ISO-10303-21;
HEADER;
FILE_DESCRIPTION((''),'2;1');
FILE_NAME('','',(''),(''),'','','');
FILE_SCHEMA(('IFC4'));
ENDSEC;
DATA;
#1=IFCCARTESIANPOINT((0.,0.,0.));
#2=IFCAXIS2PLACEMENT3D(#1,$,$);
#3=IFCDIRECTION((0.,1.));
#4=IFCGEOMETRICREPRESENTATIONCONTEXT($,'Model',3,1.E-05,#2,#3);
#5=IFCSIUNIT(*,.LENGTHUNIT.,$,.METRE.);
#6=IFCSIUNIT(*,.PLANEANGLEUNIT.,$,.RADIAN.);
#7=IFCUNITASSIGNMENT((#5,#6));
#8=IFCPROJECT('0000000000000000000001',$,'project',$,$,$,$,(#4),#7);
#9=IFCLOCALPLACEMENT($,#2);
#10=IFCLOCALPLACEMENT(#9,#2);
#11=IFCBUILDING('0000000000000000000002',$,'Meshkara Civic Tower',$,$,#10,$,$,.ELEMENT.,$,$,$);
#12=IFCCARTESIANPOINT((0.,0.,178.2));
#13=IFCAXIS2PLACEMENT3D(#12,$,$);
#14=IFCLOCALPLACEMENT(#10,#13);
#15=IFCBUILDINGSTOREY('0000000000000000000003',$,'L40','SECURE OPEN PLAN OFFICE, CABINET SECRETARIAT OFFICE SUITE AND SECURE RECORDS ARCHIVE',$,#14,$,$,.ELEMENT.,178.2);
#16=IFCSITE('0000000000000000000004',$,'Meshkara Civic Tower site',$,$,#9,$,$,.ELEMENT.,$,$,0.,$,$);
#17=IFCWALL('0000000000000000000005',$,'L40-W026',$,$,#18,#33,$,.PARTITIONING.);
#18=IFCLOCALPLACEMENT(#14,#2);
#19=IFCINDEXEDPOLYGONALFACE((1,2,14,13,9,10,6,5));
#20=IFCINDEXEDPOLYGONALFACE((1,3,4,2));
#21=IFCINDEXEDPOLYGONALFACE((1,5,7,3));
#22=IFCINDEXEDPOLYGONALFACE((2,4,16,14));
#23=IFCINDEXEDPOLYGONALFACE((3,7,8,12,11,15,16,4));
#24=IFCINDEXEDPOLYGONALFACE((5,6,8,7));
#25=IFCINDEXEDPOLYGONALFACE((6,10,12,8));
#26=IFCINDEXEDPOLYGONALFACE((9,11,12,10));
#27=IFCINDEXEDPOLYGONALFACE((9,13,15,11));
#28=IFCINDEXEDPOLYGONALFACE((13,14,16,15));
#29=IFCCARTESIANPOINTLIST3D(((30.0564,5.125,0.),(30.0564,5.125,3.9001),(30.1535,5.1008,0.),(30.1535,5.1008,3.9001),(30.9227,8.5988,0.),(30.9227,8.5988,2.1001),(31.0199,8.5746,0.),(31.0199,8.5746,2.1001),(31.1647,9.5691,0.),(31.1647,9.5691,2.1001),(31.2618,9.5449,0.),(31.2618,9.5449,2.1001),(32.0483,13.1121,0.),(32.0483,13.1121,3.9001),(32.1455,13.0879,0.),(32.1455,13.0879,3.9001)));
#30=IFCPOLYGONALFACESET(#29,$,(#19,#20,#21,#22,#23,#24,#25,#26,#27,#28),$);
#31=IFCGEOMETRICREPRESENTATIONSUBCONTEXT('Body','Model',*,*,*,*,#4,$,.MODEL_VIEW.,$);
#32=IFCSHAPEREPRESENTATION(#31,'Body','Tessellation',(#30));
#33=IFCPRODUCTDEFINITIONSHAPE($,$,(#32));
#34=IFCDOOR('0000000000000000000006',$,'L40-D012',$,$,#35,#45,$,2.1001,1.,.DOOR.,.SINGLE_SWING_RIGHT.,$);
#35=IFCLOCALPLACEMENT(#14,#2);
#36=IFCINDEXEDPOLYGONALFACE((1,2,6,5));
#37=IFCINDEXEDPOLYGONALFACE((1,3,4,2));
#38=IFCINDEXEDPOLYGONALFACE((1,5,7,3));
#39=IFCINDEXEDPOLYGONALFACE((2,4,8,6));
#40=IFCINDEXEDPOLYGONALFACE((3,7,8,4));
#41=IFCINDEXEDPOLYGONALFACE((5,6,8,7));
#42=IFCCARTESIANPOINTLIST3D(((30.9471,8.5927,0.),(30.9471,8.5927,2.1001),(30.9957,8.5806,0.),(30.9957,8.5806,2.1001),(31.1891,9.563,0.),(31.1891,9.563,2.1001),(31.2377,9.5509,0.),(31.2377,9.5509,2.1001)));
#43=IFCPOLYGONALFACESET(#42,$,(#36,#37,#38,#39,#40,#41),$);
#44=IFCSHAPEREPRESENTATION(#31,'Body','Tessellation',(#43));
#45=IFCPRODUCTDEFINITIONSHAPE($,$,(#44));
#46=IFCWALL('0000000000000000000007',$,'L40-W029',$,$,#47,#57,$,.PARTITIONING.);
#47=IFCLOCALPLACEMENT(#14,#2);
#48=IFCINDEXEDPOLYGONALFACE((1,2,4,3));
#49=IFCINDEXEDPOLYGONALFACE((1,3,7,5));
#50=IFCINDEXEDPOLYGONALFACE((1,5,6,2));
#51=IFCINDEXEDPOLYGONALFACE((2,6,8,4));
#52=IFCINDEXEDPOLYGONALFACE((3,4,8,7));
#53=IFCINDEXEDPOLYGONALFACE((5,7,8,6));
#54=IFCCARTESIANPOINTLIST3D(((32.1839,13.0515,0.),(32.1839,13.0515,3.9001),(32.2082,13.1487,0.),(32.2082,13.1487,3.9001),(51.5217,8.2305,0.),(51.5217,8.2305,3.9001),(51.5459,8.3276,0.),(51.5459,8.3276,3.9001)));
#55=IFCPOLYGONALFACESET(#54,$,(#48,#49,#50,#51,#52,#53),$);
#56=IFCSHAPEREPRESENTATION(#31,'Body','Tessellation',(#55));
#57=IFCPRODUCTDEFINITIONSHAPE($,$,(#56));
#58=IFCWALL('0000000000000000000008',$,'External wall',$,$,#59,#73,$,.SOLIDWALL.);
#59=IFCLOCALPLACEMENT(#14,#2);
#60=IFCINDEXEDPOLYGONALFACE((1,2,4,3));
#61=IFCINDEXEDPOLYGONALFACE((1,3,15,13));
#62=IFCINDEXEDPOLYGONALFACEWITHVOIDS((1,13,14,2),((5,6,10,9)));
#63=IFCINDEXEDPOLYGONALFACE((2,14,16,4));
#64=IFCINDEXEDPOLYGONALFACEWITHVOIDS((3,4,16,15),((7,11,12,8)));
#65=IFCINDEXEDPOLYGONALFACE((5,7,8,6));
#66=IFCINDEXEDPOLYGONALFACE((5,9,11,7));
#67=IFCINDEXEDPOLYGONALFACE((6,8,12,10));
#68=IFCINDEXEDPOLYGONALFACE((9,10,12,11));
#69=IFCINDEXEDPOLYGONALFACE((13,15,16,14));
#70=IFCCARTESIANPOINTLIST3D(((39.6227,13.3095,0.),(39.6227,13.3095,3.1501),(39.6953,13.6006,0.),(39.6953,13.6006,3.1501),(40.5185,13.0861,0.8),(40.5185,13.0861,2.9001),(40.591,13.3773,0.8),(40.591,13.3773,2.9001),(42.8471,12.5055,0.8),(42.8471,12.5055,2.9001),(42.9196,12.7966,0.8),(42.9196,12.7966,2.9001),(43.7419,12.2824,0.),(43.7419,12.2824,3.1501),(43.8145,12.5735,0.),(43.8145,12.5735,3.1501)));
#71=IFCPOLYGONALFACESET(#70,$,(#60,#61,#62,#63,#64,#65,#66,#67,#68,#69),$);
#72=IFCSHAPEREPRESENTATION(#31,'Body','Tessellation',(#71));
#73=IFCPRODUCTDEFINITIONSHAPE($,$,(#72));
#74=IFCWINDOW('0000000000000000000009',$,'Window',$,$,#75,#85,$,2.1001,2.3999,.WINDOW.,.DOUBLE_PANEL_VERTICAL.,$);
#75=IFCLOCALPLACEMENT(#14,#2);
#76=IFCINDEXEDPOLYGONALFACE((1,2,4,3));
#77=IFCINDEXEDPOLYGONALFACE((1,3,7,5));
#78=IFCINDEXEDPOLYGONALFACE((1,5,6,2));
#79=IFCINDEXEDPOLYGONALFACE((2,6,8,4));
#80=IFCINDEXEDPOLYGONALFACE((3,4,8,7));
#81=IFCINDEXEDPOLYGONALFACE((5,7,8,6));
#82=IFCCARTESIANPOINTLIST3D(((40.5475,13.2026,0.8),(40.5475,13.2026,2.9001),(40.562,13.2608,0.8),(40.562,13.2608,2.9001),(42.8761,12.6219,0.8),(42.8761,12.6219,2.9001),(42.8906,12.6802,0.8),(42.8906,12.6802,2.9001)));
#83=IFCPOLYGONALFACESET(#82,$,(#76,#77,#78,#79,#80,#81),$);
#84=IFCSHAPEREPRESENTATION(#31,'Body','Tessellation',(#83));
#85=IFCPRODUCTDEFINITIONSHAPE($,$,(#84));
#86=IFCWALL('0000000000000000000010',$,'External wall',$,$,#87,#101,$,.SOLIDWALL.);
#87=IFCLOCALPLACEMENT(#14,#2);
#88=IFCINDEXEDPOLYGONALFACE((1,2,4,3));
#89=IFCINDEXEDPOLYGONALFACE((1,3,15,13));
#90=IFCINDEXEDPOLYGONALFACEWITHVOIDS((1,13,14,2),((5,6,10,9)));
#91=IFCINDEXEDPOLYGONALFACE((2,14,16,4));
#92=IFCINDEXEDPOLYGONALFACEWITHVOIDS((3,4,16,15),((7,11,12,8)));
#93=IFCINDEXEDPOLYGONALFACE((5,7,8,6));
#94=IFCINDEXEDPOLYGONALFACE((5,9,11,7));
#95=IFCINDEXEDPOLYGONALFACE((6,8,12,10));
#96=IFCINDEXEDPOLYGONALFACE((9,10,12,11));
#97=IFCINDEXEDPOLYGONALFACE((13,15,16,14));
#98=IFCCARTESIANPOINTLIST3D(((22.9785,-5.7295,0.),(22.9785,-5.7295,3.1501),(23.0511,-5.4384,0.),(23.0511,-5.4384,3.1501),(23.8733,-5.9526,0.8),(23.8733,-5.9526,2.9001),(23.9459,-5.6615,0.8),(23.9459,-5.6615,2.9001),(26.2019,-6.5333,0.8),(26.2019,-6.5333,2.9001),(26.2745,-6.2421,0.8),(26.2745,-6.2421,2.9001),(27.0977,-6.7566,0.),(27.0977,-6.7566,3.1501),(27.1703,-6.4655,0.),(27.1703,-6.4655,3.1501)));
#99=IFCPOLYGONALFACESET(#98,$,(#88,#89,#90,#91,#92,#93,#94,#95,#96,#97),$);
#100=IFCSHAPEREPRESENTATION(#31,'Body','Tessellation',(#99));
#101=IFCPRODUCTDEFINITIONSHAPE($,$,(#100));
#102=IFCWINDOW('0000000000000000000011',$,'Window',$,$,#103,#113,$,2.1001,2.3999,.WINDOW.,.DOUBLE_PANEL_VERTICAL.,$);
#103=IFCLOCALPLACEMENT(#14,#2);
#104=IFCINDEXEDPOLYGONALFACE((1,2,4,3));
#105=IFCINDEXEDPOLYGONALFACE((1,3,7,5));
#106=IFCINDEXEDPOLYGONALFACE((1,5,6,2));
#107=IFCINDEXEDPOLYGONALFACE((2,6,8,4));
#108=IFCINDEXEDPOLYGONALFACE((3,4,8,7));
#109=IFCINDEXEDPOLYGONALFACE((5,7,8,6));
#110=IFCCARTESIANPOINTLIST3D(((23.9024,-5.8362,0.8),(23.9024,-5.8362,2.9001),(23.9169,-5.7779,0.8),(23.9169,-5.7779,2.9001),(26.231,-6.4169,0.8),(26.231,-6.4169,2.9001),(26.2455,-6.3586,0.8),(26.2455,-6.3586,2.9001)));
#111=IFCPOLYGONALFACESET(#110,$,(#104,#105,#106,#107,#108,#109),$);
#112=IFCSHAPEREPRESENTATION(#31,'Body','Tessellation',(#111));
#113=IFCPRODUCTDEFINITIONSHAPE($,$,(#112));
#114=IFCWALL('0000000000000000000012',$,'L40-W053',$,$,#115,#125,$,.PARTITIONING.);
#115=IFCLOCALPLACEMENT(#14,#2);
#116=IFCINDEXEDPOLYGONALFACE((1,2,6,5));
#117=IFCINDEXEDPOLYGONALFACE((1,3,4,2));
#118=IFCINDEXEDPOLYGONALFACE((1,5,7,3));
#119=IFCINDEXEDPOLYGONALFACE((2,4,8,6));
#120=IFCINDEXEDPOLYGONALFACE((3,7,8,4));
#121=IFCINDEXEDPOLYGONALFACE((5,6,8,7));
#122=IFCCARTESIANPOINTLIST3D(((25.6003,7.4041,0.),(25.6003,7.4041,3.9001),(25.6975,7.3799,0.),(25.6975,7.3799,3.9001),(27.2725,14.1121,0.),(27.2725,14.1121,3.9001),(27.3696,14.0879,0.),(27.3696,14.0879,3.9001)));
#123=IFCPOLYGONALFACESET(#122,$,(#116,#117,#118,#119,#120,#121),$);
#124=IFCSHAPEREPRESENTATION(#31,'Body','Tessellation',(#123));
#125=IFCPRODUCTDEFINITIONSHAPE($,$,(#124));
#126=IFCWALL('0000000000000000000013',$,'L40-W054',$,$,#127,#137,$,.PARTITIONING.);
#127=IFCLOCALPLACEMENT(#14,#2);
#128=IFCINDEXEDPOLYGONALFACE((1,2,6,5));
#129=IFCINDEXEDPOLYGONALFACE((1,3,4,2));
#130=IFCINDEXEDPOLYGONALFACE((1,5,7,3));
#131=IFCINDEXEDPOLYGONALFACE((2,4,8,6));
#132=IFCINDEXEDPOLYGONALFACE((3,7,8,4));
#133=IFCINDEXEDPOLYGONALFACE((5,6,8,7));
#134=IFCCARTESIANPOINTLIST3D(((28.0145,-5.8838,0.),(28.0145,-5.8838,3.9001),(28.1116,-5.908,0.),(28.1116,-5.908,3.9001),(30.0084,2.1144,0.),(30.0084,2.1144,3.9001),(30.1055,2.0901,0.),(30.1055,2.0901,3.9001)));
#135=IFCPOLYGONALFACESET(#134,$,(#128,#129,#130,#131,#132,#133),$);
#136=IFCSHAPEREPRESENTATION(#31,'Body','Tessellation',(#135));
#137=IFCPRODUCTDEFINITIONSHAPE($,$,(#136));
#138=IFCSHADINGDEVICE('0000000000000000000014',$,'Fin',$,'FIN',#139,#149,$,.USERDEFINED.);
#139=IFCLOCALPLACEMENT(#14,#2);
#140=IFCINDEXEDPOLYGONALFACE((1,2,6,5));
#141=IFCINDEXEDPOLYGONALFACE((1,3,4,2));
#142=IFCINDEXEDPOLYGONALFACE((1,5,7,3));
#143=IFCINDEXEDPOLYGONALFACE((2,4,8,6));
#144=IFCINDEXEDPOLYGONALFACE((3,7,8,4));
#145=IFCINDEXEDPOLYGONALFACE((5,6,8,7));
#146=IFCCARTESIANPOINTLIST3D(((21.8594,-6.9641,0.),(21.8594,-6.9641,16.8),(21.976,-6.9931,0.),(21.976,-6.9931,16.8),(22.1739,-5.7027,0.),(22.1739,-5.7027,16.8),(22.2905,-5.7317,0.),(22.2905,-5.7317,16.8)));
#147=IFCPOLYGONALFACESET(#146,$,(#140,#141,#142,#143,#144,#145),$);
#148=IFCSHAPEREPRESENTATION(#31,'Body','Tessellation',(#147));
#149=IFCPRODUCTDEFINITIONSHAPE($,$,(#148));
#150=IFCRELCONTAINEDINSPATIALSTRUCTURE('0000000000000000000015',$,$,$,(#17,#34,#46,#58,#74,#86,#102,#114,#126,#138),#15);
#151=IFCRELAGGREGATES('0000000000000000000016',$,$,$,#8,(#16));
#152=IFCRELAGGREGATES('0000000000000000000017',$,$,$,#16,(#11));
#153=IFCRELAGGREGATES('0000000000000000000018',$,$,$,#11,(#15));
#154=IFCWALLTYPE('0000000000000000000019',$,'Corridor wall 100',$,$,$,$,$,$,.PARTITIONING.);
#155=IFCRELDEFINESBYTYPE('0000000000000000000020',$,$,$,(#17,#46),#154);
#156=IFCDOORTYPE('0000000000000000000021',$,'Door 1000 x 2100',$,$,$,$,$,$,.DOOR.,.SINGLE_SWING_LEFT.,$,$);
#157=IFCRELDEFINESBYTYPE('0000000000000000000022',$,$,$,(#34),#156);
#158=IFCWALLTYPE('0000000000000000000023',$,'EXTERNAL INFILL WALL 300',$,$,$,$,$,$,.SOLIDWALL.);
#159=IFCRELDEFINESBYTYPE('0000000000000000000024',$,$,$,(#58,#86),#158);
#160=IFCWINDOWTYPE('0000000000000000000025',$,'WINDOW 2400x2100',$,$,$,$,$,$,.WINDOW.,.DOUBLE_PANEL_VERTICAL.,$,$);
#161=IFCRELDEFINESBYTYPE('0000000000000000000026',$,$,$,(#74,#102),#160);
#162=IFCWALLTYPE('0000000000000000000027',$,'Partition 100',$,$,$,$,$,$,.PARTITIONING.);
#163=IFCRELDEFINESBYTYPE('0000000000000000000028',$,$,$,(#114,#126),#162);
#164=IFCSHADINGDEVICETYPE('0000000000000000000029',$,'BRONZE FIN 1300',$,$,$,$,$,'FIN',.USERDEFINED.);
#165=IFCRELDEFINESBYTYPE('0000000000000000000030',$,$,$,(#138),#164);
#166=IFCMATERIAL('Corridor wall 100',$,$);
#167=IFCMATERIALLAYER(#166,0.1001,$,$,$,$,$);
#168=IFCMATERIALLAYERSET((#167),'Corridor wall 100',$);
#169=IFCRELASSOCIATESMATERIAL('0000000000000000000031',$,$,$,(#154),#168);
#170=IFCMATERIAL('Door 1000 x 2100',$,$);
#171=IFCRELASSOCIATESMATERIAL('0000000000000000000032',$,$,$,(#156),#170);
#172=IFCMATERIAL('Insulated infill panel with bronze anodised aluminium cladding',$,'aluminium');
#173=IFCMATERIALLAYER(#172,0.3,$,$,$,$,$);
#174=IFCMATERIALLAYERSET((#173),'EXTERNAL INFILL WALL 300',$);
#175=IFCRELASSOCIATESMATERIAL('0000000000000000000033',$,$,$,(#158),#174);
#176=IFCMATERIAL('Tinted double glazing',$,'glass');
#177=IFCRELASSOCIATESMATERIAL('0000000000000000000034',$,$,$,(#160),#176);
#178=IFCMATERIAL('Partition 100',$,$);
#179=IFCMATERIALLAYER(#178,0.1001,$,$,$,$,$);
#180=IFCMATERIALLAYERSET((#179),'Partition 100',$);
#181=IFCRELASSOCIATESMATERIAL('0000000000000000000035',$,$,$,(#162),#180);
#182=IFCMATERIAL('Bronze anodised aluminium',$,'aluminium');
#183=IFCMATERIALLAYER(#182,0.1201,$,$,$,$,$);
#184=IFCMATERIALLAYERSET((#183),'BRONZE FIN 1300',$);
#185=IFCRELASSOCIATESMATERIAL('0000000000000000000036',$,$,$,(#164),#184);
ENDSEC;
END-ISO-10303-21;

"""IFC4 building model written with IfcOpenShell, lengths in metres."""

from ifc_helpers import new_model, si_unit, direction, frame, frame_2d, origin, origin_2d, place, context, subcontext, project, spatial, rectangle, extrude, material, layer, layer_set, type_object, element, fill, save


model = new_model("IFC4")

# Units and contexts
model_context = context("Model", 3, precision=1e-05, world=origin(), true_north=direction((0.0, 1.0)))
body_context = subcontext(model_context, "Body", "Model", "MODEL_VIEW")
ifc_project = project(units=[si_unit("LENGTHUNIT", "METRE"), si_unit("PLANEANGLEUNIT", "RADIAN")], contexts=[model_context])

# Site, building, storey
site_placement = place(None, origin())
site = spatial("IfcSite", under=ifc_project, at=site_placement, Name="Meshkara Civic Tower site", CompositionType="ELEMENT", RefElevation=0.0)
building_placement = place(site_placement, origin())
building = spatial("IfcBuilding", under=site, at=building_placement, Name="Meshkara Civic Tower", CompositionType="ELEMENT")
storey_placement = place(building_placement, frame((0.0, 0.0, 178.2)))
storey = spatial("IfcBuildingStorey", under=building, at=storey_placement, Name="L40", Description="SECURE OPEN PLAN OFFICE, CABINET SECRETARIAT OFFICE SUITE AND SECURE RECORDS ARCHIVE", CompositionType="ELEMENT", Elevation=178.2)

# Wall, opening, door
ifc_material_1 = material(Name="Corridor wall 100")
ifc_layer_1 = layer(ifc_material_1, 0.1001)
ifc_layer_set_1 = layer_set([ifc_layer_1], Name="Corridor wall 100")
wall_type_1 = type_object("IfcWallType", Name="Corridor wall 100", PredefinedType="PARTITIONING", material=ifc_layer_set_1)
wall_1_placement = place(storey_placement, frame((30.105, 5.113, 0.0), z_axis=(0.0, 0.0, 1.0), x_axis=(0.241984, 0.97028, 0.0)))
wall_1 = element("IfcWall", 1, at=wall_1_placement, inside=storey, type_object=wall_type_1, Name="L40-W026", PredefinedType="PARTITIONING", context=body_context, shape_type="SweptSolid", body=[
    extrude(rectangle(XDim=8.2317, YDim=0.1001, at=frame_2d((4.1157, 0.0))), origin(), (0.0, 0.0, 1.0), 3.9001),
])
opening_1_placement = place(wall_1_placement, frame((3.5801, 0.0, 0.0)))
opening_1 = element("IfcOpeningElement", 2, at=opening_1_placement, cuts=wall_1, PredefinedType="OPENING", context=body_context, shape_type="SweptSolid", body=[
    extrude(rectangle(XDim=1.0, YDim=2.1001, at=frame_2d((0.5, 1.05))), frame((0.0, 0.0601, 0.0), z_axis=(0.0, -1.0, 0.0), x_axis=(1.0, 0.0, 0.0)), (0.0, 0.0, 1.0), 0.1201),
])
ifc_material_2 = material(Name="Door 1000 x 2100")
door_type = type_object("IfcDoorType", Name="Door 1000 x 2100", OperationType="SINGLE_SWING_LEFT", PredefinedType="DOOR", material=ifc_material_2)
door_placement = place(opening_1_placement, origin())
door = element("IfcDoor", 3, at=door_placement, inside=storey, type_object=door_type, Name="L40-D012", OperationType="SINGLE_SWING_RIGHT", OverallHeight=2.1001, OverallWidth=1.0, PredefinedType="DOOR", context=body_context, shape_type="SweptSolid", body=[
    extrude(rectangle(XDim=1.0, YDim=2.1001, at=frame_2d((0.5, 1.05))), frame((0.0, 0.0249, 0.0), z_axis=(0.0, -1.0, 0.0), x_axis=(1.0, 0.0, 0.0)), (0.0, 0.0, 1.0), 0.05),
])
fill(opening_1, door)

# Wall
wall_2_placement = place(storey_placement, frame((32.196, 13.1001, 0.0), z_axis=(0.0, 0.0, 1.0), x_axis=(0.970301, -0.241901, 0.0)))
element("IfcWall", 4, at=wall_2_placement, inside=storey, type_object=wall_type_1, Name="L40-W029", PredefinedType="PARTITIONING", context=body_context, shape_type="SweptSolid", body=[
    extrude(rectangle(XDim=19.9297, YDim=0.1001, at=frame_2d((9.9648, 0.0))), origin(), (0.0, 0.0, 1.0), 3.9001),
])

# Walls, openings, windows
ifc_material_3 = material(Name="Insulated infill panel with bronze anodised aluminium cladding", Category="aluminium")
ifc_layer_2 = layer(ifc_material_3, 0.3)
ifc_layer_set_2 = layer_set([ifc_layer_2], Name="EXTERNAL INFILL WALL 300")
wall_type_2 = type_object("IfcWallType", Name="EXTERNAL INFILL WALL 300", PredefinedType="SOLIDWALL", material=ifc_layer_set_2)
wall_3_placement = place(storey_placement, frame((43.7781, 12.428, 0.0), z_axis=(0.0, 0.0, 1.0), x_axis=(-0.970291, 0.24194, 0.0)))
wall_3 = element("IfcWall", 5, at=wall_3_placement, inside=storey, type_object=wall_type_2, Name="External wall", PredefinedType="SOLIDWALL", context=body_context, shape_type="SweptSolid", body=[
    extrude(rectangle(XDim=4.2454, YDim=0.3, at=frame_2d((2.1226, 0.0))), origin(), (0.0, 0.0, 1.0), 3.1501),
])
opening_2_placement = place(wall_3_placement, frame((0.9221, 0.0, 0.8)))
opening_2 = element("IfcOpeningElement", 6, at=opening_2_placement, cuts=wall_3, PredefinedType="OPENING", context=body_context, shape_type="SweptSolid", body=[
    extrude(rectangle(XDim=2.3999, YDim=2.1001, at=frame_2d((1.2, 1.05))), frame((0.0, 0.1599, 0.0), z_axis=(0.0, -1.0, 0.0), x_axis=(1.0, 0.0, 0.0)), (0.0, 0.0, 1.0), 0.3201),
])
ifc_material_4 = material(Name="Tinted double glazing", Category="glass")
window_type = type_object("IfcWindowType", Name="WINDOW 2400x2100", PartitioningType="DOUBLE_PANEL_VERTICAL", PredefinedType="WINDOW", material=ifc_material_4)
window_1_placement = place(opening_2_placement, origin())
window_1 = element("IfcWindow", 7, at=window_1_placement, inside=storey, type_object=window_type, Name="Window", OverallHeight=2.1001, OverallWidth=2.3999, PartitioningType="DOUBLE_PANEL_VERTICAL", PredefinedType="WINDOW", context=body_context, shape_type="SweptSolid", body=[
    extrude(rectangle(XDim=2.3999, YDim=2.1001, at=frame_2d((1.2, 1.05))), frame((0.0, 0.03, 0.0), z_axis=(0.0, -1.0, 0.0), x_axis=(1.0, 0.0, 0.0)), (0.0, 0.0, 1.0), 0.0601),
])
fill(opening_2, window_1)
wall_4_placement = place(storey_placement, frame((23.0149, -5.584, 0.0), z_axis=(0.0, 0.0, 1.0), x_axis=(0.970291, -0.24194, 0.0)))
wall_4 = element("IfcWall", 8, at=wall_4_placement, inside=storey, type_object=wall_type_2, Name="External wall", PredefinedType="SOLIDWALL", context=body_context, shape_type="SweptSolid", body=[
    extrude(rectangle(XDim=4.2454, YDim=0.3, at=frame_2d((2.1226, 0.0))), origin(), (0.0, 0.0, 1.0), 3.1501),
])
opening_3_placement = place(wall_4_placement, frame((0.9221, 0.0, 0.8)))
opening_3 = element("IfcOpeningElement", 9, at=opening_3_placement, cuts=wall_4, PredefinedType="OPENING", context=body_context, shape_type="SweptSolid", body=[
    extrude(rectangle(XDim=2.3999, YDim=2.1001, at=frame_2d((1.2, 1.05))), frame((0.0, 0.1599, 0.0), z_axis=(0.0, -1.0, 0.0), x_axis=(1.0, 0.0, 0.0)), (0.0, 0.0, 1.0), 0.3201),
])
window_2_placement = place(opening_3_placement, origin())
window_2 = element("IfcWindow", 10, at=window_2_placement, inside=storey, type_object=window_type, Name="Window", OverallHeight=2.1001, OverallWidth=2.3999, PartitioningType="DOUBLE_PANEL_VERTICAL", PredefinedType="WINDOW", context=body_context, shape_type="SweptSolid", body=[
    extrude(rectangle(XDim=2.3999, YDim=2.1001, at=frame_2d((1.2, 1.05))), frame((0.0, 0.03, 0.0), z_axis=(0.0, -1.0, 0.0), x_axis=(1.0, 0.0, 0.0)), (0.0, 0.0, 1.0), 0.0601),
])
fill(opening_3, window_2)

# Walls
ifc_material_5 = material(Name="Partition 100")
ifc_layer_3 = layer(ifc_material_5, 0.1001)
ifc_layer_set_3 = layer_set([ifc_layer_3], Name="Partition 100")
wall_type_3 = type_object("IfcWallType", Name="Partition 100", PredefinedType="PARTITIONING", material=ifc_layer_set_3)
wall_5_placement = place(storey_placement, frame((25.6489, 7.3921, 0.0), z_axis=(0.0, 0.0, 1.0), x_axis=(0.241871, 0.970308, 0.0)))
element("IfcWall", 11, at=wall_5_placement, inside=storey, type_object=wall_type_3, Name="L40-W053", PredefinedType="PARTITIONING", context=body_context, shape_type="SweptSolid", body=[
    extrude(rectangle(XDim=6.9133, YDim=0.1001, at=frame_2d((3.4565, 0.0))), origin(), (0.0, 0.0, 1.0), 3.9001),
])
wall_6_placement = place(storey_placement, frame((28.063, -5.896, 0.0), z_axis=(0.0, 0.0, 1.0), x_axis=(0.241894, 0.970303, 0.0)))
element("IfcWall", 12, at=wall_6_placement, inside=storey, type_object=wall_type_3, Name="L40-W054", PredefinedType="PARTITIONING", context=body_context, shape_type="SweptSolid", body=[
    extrude(rectangle(XDim=8.2429, YDim=0.1001, at=frame_2d((4.1216, 0.0))), origin(), (0.0, 0.0, 1.0), 3.9001),
])

# Shading device
ifc_material_6 = material(Name="Bronze anodised aluminium", Category="aluminium")
ifc_layer_4 = layer(ifc_material_6, 0.1201)
ifc_layer_set_4 = layer_set([ifc_layer_4], Name="BRONZE FIN 1300")
shading_device_type = type_object("IfcShadingDeviceType", Name="BRONZE FIN 1300", ElementType="FIN", PredefinedType="USERDEFINED", material=ifc_layer_set_4)
shading_device_placement = place(storey_placement, frame((22.075, -6.3479, 0.0), z_axis=(0.0, 0.0, 1.0), x_axis=(0.9703, -0.241905, 0.0)))
element("IfcShadingDevice", 13, at=shading_device_placement, inside=storey, type_object=shading_device_type, Name="Fin", ObjectType="FIN", PredefinedType="USERDEFINED", context=body_context, shape_type="SweptSolid", body=[
    extrude(rectangle(XDim=0.1201, YDim=1.3, at=origin_2d()), origin(), (0.0, 0.0, 1.0), 16.8),
])

save(model, "model.ifc")
